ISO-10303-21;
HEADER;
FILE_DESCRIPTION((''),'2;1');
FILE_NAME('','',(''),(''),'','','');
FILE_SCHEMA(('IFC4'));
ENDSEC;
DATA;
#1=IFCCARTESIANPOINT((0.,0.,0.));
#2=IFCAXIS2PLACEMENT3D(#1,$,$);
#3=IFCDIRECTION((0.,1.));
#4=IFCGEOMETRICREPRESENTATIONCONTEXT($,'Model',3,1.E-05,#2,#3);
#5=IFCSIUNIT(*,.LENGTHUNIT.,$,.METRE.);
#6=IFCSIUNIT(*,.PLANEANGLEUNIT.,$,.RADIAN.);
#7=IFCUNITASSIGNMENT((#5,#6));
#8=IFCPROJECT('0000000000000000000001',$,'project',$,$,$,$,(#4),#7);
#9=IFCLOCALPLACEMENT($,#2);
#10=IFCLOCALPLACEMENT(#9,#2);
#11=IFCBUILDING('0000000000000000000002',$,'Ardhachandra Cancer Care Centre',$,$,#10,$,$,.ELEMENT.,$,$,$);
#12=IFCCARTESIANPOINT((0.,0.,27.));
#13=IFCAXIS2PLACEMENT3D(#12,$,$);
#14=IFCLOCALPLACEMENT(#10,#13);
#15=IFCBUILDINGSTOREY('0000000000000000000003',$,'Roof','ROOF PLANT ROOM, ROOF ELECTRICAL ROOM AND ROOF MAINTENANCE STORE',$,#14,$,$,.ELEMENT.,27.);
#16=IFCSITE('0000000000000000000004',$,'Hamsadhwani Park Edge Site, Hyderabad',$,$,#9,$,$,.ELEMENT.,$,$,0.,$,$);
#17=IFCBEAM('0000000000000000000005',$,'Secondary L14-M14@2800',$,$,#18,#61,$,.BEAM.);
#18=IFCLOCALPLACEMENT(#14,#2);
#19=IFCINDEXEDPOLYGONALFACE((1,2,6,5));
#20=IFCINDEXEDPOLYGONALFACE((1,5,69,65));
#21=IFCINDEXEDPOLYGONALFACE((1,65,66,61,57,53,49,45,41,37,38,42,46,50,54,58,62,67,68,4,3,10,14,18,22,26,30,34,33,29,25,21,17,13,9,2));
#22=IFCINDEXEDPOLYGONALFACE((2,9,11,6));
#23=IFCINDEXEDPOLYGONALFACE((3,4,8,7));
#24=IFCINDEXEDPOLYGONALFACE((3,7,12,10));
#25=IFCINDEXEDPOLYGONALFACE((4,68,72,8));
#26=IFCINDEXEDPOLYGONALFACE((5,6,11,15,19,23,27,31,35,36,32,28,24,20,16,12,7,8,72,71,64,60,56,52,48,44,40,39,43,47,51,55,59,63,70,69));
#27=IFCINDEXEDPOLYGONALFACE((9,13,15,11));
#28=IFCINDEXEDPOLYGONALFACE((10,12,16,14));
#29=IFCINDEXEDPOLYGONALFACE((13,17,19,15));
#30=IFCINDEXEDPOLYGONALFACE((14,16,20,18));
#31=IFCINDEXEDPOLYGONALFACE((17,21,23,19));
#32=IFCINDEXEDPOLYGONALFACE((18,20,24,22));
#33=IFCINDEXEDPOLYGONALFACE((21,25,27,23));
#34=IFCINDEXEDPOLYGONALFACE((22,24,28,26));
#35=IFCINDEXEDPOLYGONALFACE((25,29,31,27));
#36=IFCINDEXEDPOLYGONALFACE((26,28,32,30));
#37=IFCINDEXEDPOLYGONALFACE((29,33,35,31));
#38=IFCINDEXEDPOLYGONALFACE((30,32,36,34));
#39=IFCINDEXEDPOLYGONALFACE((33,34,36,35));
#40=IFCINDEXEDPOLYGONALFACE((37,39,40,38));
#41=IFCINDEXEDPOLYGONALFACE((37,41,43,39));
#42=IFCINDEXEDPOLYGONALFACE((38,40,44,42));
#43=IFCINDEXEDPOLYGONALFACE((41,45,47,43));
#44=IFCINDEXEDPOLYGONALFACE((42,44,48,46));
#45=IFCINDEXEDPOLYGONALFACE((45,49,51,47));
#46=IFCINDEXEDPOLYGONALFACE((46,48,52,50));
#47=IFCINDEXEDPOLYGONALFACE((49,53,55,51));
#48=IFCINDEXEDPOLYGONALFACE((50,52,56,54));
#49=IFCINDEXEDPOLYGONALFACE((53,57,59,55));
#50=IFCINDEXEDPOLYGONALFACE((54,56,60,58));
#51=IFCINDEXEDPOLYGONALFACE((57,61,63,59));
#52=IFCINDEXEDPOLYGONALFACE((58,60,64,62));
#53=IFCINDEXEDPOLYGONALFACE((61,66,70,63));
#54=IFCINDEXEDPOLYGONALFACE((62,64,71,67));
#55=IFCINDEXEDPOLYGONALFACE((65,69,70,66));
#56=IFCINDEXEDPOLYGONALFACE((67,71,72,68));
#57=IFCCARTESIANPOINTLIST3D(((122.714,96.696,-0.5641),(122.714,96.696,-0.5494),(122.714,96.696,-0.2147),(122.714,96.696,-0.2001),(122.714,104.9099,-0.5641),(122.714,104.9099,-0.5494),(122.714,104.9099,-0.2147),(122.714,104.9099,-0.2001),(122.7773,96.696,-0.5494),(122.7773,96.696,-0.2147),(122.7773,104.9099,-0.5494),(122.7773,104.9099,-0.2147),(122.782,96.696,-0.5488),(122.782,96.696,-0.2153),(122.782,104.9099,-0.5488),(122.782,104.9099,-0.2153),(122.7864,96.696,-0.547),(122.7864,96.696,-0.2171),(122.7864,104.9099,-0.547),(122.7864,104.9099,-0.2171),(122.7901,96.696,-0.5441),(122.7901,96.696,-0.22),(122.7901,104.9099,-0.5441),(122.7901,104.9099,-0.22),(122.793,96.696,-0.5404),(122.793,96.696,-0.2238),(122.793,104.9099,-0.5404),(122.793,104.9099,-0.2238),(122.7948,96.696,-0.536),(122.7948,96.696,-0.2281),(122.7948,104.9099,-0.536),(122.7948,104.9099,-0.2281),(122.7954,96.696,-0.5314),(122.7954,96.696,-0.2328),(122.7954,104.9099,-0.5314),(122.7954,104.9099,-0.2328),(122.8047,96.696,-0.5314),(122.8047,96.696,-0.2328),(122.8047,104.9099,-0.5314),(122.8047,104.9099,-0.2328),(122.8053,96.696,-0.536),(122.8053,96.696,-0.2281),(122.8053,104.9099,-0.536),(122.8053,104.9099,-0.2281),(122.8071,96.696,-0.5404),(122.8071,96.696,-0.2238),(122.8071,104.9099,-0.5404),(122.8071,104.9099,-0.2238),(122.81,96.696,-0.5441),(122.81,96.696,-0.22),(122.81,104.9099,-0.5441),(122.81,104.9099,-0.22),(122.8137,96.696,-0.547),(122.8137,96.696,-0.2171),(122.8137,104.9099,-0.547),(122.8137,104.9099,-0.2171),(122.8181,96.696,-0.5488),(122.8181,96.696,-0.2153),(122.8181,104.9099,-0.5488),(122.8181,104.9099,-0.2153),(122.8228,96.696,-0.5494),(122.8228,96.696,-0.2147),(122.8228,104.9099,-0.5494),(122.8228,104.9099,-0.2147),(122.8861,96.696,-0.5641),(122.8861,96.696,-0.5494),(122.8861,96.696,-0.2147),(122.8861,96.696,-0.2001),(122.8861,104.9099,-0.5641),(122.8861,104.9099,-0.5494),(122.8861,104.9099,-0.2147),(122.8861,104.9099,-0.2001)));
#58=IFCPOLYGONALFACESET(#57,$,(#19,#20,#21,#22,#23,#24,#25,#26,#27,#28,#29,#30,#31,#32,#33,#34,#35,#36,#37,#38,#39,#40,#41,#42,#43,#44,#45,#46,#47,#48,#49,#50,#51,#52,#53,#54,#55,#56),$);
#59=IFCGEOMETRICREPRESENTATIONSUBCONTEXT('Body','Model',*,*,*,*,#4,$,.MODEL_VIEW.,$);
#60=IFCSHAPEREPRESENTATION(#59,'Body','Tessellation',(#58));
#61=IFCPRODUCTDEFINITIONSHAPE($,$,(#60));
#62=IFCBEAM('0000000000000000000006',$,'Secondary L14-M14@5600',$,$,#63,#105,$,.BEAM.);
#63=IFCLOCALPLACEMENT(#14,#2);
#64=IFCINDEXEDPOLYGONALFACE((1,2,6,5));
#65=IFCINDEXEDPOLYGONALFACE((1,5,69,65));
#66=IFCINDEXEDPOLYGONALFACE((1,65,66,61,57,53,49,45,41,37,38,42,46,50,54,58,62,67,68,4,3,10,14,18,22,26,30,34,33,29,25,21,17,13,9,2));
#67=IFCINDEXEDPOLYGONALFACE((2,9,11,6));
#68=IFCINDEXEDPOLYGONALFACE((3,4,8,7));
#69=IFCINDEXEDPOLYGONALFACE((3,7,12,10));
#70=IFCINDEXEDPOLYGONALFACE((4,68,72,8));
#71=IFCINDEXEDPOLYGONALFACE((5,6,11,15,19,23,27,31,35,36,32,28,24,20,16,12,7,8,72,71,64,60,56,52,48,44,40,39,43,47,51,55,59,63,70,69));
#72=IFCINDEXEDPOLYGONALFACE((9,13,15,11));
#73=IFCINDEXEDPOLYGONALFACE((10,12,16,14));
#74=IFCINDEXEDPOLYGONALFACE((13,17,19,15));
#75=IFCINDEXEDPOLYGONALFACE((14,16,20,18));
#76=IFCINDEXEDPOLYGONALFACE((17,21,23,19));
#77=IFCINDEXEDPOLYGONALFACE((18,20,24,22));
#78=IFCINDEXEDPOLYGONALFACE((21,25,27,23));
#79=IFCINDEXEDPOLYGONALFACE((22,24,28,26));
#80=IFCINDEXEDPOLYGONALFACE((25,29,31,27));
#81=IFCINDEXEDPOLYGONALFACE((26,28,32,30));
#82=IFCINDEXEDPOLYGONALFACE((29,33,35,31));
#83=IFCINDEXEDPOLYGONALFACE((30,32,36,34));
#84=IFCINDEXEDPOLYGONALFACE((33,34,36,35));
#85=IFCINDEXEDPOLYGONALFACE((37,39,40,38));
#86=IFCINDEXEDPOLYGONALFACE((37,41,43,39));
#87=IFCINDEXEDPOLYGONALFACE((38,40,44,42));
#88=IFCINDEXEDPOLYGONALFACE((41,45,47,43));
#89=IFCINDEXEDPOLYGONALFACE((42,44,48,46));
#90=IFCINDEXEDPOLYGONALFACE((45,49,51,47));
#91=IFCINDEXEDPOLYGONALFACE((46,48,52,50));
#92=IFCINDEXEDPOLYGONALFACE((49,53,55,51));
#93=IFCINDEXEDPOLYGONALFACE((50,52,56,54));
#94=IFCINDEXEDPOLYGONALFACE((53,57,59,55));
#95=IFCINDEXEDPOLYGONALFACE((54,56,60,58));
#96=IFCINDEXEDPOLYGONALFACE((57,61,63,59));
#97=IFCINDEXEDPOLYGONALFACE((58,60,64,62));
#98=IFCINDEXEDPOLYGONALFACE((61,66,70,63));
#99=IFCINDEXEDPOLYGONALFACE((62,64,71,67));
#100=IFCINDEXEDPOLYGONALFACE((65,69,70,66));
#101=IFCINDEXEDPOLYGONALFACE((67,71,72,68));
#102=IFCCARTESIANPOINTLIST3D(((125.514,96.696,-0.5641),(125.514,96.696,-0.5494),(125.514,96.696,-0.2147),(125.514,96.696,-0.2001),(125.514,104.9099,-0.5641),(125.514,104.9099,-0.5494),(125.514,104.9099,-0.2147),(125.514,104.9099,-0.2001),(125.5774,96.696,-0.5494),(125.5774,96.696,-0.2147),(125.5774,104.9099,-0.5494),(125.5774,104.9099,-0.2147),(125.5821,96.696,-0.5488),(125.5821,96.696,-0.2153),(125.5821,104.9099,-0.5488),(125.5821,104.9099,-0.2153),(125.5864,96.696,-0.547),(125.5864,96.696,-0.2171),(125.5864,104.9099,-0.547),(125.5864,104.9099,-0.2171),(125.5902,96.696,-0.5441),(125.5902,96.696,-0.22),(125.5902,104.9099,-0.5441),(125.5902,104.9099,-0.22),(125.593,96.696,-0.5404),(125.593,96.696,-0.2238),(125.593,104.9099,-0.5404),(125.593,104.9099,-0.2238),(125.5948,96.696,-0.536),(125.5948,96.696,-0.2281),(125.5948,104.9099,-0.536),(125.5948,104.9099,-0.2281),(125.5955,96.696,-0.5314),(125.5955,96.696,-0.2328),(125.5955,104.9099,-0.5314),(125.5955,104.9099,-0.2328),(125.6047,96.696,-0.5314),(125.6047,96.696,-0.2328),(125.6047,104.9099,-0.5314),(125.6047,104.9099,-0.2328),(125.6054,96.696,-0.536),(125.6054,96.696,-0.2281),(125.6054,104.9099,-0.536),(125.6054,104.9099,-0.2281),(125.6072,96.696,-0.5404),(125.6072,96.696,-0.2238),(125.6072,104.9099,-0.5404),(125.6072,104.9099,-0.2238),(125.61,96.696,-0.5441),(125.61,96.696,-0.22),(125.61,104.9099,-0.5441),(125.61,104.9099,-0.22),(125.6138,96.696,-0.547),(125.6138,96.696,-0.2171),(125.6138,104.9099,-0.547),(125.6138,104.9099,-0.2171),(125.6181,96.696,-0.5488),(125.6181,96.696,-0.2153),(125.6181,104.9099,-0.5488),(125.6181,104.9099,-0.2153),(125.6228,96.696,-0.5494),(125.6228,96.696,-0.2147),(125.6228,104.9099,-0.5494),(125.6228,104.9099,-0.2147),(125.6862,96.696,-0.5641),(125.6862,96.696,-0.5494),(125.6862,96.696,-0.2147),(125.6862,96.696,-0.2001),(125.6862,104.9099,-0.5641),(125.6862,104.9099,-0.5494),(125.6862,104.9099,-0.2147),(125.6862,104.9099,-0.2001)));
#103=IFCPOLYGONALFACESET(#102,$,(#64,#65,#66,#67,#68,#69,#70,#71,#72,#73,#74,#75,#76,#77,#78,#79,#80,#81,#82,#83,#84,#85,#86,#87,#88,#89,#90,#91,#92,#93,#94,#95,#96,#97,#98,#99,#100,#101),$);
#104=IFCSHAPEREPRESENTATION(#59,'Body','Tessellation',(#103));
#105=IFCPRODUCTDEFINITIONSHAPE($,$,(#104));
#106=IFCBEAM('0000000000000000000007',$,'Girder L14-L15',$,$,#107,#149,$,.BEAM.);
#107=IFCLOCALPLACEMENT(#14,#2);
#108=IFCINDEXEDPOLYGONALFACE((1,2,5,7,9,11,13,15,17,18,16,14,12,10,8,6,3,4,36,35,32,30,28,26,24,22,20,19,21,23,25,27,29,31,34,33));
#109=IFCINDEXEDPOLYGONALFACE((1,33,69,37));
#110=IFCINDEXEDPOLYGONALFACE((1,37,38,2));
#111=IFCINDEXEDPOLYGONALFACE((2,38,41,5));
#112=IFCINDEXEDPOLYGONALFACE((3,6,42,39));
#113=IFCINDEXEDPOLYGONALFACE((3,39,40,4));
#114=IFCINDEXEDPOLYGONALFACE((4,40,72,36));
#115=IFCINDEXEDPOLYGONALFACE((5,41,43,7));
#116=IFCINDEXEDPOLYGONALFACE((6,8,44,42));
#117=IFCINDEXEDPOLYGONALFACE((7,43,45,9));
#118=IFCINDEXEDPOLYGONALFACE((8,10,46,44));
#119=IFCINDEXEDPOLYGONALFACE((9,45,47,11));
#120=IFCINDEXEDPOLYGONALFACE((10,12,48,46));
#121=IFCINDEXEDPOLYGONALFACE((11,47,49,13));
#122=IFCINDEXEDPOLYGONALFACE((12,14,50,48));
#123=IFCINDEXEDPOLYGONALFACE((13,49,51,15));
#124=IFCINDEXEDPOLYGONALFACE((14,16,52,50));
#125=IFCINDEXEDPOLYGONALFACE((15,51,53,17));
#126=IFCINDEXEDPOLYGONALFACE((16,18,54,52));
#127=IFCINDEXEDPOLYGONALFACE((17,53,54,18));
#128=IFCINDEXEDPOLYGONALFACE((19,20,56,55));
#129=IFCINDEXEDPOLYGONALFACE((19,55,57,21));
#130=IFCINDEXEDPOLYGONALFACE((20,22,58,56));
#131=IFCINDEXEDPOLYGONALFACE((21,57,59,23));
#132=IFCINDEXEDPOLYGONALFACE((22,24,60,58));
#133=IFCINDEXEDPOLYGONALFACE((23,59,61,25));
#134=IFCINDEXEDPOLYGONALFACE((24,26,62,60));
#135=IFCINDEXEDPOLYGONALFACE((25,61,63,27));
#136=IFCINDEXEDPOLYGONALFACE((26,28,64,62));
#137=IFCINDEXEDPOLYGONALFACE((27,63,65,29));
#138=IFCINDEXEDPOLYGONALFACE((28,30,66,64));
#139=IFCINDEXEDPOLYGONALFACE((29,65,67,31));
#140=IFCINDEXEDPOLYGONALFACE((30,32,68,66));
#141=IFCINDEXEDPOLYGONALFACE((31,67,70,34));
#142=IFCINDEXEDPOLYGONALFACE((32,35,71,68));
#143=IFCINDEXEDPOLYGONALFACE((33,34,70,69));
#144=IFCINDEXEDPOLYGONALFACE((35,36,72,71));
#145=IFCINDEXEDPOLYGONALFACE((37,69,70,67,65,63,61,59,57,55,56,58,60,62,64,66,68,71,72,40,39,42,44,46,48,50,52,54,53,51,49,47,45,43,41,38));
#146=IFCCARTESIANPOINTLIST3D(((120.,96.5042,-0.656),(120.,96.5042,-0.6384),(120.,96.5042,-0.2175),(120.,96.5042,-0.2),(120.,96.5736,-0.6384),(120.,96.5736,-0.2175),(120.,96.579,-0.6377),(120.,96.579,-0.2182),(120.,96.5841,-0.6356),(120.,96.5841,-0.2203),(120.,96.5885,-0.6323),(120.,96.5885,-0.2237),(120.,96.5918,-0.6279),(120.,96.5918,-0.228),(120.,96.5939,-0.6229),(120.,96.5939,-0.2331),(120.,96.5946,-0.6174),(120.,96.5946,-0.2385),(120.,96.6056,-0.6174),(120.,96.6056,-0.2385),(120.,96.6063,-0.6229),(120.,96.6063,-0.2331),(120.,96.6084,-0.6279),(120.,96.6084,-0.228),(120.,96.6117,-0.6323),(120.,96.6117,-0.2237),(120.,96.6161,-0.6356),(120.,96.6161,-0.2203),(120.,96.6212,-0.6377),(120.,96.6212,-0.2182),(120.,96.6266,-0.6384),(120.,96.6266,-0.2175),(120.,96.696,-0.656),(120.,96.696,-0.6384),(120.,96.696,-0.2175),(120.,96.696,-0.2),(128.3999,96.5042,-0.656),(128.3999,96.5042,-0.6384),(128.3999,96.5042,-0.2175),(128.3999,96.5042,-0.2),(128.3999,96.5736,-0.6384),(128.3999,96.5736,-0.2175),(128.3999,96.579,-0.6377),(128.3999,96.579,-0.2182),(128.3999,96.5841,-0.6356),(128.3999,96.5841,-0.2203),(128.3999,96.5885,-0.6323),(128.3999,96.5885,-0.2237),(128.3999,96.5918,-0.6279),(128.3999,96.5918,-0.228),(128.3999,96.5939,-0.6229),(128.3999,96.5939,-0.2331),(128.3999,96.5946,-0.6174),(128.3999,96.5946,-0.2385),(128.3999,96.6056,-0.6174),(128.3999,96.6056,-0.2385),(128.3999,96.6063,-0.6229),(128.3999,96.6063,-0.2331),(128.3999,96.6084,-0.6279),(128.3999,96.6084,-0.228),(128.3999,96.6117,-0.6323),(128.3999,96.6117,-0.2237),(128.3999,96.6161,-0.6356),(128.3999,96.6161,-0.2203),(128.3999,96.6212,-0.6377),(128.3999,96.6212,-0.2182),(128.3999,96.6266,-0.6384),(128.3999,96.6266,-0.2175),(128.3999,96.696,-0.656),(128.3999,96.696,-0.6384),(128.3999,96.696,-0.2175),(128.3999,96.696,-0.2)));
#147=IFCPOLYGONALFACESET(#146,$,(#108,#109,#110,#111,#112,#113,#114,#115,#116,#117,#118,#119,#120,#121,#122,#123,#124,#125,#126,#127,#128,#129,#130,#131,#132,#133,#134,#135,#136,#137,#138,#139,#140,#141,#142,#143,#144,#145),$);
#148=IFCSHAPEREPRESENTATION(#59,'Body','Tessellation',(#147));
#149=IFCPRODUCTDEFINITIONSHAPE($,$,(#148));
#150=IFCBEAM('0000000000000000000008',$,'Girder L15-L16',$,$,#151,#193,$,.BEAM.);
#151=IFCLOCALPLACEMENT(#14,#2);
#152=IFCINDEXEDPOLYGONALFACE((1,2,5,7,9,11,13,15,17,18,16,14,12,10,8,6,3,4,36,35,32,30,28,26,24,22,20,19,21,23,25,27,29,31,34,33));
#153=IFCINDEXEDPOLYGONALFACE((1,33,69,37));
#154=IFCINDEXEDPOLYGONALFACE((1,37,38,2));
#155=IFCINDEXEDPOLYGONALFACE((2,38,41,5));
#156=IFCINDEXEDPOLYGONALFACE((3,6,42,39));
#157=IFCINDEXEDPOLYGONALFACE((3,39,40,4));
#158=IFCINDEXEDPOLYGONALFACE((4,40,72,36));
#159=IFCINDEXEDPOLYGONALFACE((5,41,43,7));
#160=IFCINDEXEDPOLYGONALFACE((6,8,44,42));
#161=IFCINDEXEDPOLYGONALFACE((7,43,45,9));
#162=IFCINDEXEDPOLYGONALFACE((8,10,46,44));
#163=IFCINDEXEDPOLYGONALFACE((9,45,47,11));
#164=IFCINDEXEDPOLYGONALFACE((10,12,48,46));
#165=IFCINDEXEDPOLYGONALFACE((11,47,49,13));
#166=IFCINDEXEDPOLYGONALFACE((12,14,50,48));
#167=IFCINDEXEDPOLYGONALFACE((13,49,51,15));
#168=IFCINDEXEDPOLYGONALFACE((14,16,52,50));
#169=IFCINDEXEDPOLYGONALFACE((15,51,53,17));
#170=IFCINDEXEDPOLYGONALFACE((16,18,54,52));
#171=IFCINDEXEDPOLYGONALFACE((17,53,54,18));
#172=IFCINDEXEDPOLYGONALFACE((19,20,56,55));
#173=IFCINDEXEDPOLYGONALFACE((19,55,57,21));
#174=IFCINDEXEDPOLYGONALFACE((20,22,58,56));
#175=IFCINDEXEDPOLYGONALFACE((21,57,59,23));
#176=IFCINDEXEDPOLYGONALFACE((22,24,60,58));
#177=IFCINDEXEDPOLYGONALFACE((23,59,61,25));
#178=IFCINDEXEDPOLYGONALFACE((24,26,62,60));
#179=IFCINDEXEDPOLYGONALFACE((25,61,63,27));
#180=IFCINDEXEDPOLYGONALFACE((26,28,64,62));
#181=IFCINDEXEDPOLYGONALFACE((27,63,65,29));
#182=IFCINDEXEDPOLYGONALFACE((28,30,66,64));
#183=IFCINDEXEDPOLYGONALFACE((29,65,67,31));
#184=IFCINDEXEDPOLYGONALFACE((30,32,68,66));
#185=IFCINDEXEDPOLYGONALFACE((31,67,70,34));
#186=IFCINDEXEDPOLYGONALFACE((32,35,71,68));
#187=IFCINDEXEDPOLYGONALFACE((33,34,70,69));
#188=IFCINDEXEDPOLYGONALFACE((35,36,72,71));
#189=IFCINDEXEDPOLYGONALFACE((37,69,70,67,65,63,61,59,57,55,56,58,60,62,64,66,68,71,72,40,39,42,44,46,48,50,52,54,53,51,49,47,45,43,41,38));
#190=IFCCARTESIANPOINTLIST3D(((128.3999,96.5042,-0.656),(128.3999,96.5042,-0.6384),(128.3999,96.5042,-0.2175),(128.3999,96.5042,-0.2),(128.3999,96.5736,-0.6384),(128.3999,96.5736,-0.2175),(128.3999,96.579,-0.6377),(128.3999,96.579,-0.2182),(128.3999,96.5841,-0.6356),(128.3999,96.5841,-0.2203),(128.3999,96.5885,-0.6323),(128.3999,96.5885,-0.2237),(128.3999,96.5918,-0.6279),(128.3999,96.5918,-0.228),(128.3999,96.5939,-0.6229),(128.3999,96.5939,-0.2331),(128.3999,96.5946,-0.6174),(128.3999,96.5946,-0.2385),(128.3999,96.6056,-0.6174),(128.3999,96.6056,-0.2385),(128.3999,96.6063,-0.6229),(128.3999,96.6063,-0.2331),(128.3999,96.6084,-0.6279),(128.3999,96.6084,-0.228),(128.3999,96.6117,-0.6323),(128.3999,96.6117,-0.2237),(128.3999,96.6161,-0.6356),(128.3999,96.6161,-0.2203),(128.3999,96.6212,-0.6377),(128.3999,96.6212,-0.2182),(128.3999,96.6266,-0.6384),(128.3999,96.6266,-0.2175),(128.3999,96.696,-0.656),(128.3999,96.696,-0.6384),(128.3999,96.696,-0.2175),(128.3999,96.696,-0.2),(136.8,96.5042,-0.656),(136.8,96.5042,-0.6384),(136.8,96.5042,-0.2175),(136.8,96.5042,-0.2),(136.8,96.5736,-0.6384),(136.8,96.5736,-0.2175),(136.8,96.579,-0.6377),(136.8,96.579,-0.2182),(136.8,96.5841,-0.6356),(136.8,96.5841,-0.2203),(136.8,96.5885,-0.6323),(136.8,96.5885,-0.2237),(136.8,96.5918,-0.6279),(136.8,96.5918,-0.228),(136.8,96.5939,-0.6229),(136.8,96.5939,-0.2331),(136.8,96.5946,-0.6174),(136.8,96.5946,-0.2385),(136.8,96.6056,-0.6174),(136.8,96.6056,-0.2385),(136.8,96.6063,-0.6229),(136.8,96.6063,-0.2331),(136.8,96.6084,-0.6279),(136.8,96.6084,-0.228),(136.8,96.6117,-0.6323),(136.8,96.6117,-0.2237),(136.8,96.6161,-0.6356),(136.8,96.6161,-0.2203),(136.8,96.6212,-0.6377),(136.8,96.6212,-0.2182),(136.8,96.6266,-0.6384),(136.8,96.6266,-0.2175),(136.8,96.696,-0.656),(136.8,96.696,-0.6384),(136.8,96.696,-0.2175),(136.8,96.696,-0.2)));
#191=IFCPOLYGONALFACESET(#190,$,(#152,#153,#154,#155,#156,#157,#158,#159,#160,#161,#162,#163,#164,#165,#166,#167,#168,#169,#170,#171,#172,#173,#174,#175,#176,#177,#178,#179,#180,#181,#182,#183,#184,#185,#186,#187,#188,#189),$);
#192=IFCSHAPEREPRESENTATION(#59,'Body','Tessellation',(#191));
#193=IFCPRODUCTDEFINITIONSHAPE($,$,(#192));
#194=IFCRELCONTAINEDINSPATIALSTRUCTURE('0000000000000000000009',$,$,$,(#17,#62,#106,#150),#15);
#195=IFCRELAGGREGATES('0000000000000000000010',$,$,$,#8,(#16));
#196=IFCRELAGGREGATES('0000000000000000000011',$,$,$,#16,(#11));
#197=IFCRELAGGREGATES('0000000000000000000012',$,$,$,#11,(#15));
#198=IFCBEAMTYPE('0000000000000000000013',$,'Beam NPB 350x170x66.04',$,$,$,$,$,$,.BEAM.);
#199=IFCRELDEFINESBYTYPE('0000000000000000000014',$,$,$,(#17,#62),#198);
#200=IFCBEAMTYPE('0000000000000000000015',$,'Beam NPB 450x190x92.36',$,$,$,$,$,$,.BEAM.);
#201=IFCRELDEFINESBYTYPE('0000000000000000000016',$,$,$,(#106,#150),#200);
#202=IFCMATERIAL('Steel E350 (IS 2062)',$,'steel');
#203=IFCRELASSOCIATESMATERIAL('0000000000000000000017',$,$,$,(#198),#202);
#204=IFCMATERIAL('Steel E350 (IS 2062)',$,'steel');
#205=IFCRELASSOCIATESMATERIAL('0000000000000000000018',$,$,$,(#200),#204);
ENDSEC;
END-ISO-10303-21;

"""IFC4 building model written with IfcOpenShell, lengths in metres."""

from ifc_helpers import new_model, si_unit, direction, frame, origin, origin_2d, place, context, subcontext, project, spatial, i_section, extrude, material, material_profile, profile_set, type_object, element, save


model = new_model("IFC4")

# Units and contexts
model_context = context("Model", 3, precision=1e-05, world=origin(), true_north=direction((0.0, 1.0)))
body_context = subcontext(model_context, "Body", "Model", "MODEL_VIEW")
ifc_project = project(units=[si_unit("LENGTHUNIT", "METRE"), si_unit("PLANEANGLEUNIT", "RADIAN")], contexts=[model_context])

# Site, building, storey
site_placement = place(None, origin())
site = spatial("IfcSite", under=ifc_project, at=site_placement, Name="Hamsadhwani Park Edge Site, Hyderabad", CompositionType="ELEMENT", RefElevation=0.0)
building_placement = place(site_placement, origin())
building = spatial("IfcBuilding", under=site, at=building_placement, Name="Ardhachandra Cancer Care Centre", CompositionType="ELEMENT")
storey_placement = place(building_placement, frame((0.0, 0.0, 27.0)))
storey = spatial("IfcBuildingStorey", under=building, at=storey_placement, Name="Roof", Description="ROOF PLANT ROOM, ROOF ELECTRICAL ROOM AND ROOF MAINTENANCE STORE", CompositionType="ELEMENT", Elevation=27.0)

# Beams
ifc_material_1 = material(Name="Steel E350 (IS 2062)", Category="steel")
ifc_material_profile_1 = material_profile(ifc_material_1, i_section(OverallWidth=0.1721, OverallDepth=0.364, WebThickness=0.0093, FlangeThickness=0.0146, FilletRadius=0.0181, at=origin_2d()), Name="NPB 350x170x66.04")
ifc_profile_set_1 = profile_set([ifc_material_profile_1], Name="Steel E350 (IS 2062)")
beam_type_1 = type_object("IfcBeamType", Name="Beam NPB 350x170x66.04", PredefinedType="BEAM", material=ifc_profile_set_1)
for number, where, z_axis, x_axis, name in (
    (1, (122.8, 96.696, -0.3821), (0.0, 1.0, 0.0), (-1.0, 0.0, 0.0), "Secondary L14-M14@2800"),
    (2, (125.6001, 96.696, -0.3821), (0.0, 1.0, 0.0), (-1.0, 0.0, 0.0), "Secondary L14-M14@5600"),
):
    element("IfcBeam", number, at=place(storey_placement, frame(where, z_axis=z_axis, x_axis=x_axis)), inside=storey, type_object=beam_type_1, Name=name, PredefinedType="BEAM", context=body_context, shape_type="SweptSolid", body=[
        extrude(i_section(OverallWidth=0.1721, OverallDepth=0.364, WebThickness=0.0093, FlangeThickness=0.0146, FilletRadius=0.0181, at=origin_2d()), origin(), (0.0, 0.0, 1.0), 8.2139),
    ])
ifc_material_2 = material(Name="Steel E350 (IS 2062)", Category="steel")
ifc_material_profile_2 = material_profile(ifc_material_2, i_section(OverallWidth=0.1919, OverallDepth=0.4561, WebThickness=0.011, FlangeThickness=0.0176, FilletRadius=0.021, at=origin_2d()), Name="NPB 450x190x92.36")
ifc_profile_set_2 = profile_set([ifc_material_profile_2], Name="Steel E350 (IS 2062)")
beam_type_2 = type_object("IfcBeamType", Name="Beam NPB 450x190x92.36", PredefinedType="BEAM", material=ifc_profile_set_2)
beam_1_placement = place(storey_placement, frame((120.0, 96.6001, -0.428), z_axis=(1.0, 0.0, 0.0), x_axis=(0.0, 1.0, 0.0)))
element("IfcBeam", 3, at=beam_1_placement, inside=storey, type_object=beam_type_2, Name="Girder L14-L15", PredefinedType="BEAM", context=body_context, shape_type="SweptSolid", body=[
    extrude(i_section(OverallWidth=0.1919, OverallDepth=0.4561, WebThickness=0.011, FlangeThickness=0.0176, FilletRadius=0.021, at=origin_2d()), origin(), (0.0, 0.0, 1.0), 8.3999),
])
beam_2_placement = place(storey_placement, frame((128.3999, 96.6001, -0.428), z_axis=(1.0, 0.0, 0.0), x_axis=(0.0, 1.0, 0.0)))
element("IfcBeam", 4, at=beam_2_placement, inside=storey, type_object=beam_type_2, Name="Girder L15-L16", PredefinedType="BEAM", context=body_context, shape_type="SweptSolid", body=[
    extrude(i_section(OverallWidth=0.1919, OverallDepth=0.4561, WebThickness=0.011, FlangeThickness=0.0176, FilletRadius=0.021, at=origin_2d()), origin(), (0.0, 0.0, 1.0), 8.4001),
])

save(model, "model.ifc")
